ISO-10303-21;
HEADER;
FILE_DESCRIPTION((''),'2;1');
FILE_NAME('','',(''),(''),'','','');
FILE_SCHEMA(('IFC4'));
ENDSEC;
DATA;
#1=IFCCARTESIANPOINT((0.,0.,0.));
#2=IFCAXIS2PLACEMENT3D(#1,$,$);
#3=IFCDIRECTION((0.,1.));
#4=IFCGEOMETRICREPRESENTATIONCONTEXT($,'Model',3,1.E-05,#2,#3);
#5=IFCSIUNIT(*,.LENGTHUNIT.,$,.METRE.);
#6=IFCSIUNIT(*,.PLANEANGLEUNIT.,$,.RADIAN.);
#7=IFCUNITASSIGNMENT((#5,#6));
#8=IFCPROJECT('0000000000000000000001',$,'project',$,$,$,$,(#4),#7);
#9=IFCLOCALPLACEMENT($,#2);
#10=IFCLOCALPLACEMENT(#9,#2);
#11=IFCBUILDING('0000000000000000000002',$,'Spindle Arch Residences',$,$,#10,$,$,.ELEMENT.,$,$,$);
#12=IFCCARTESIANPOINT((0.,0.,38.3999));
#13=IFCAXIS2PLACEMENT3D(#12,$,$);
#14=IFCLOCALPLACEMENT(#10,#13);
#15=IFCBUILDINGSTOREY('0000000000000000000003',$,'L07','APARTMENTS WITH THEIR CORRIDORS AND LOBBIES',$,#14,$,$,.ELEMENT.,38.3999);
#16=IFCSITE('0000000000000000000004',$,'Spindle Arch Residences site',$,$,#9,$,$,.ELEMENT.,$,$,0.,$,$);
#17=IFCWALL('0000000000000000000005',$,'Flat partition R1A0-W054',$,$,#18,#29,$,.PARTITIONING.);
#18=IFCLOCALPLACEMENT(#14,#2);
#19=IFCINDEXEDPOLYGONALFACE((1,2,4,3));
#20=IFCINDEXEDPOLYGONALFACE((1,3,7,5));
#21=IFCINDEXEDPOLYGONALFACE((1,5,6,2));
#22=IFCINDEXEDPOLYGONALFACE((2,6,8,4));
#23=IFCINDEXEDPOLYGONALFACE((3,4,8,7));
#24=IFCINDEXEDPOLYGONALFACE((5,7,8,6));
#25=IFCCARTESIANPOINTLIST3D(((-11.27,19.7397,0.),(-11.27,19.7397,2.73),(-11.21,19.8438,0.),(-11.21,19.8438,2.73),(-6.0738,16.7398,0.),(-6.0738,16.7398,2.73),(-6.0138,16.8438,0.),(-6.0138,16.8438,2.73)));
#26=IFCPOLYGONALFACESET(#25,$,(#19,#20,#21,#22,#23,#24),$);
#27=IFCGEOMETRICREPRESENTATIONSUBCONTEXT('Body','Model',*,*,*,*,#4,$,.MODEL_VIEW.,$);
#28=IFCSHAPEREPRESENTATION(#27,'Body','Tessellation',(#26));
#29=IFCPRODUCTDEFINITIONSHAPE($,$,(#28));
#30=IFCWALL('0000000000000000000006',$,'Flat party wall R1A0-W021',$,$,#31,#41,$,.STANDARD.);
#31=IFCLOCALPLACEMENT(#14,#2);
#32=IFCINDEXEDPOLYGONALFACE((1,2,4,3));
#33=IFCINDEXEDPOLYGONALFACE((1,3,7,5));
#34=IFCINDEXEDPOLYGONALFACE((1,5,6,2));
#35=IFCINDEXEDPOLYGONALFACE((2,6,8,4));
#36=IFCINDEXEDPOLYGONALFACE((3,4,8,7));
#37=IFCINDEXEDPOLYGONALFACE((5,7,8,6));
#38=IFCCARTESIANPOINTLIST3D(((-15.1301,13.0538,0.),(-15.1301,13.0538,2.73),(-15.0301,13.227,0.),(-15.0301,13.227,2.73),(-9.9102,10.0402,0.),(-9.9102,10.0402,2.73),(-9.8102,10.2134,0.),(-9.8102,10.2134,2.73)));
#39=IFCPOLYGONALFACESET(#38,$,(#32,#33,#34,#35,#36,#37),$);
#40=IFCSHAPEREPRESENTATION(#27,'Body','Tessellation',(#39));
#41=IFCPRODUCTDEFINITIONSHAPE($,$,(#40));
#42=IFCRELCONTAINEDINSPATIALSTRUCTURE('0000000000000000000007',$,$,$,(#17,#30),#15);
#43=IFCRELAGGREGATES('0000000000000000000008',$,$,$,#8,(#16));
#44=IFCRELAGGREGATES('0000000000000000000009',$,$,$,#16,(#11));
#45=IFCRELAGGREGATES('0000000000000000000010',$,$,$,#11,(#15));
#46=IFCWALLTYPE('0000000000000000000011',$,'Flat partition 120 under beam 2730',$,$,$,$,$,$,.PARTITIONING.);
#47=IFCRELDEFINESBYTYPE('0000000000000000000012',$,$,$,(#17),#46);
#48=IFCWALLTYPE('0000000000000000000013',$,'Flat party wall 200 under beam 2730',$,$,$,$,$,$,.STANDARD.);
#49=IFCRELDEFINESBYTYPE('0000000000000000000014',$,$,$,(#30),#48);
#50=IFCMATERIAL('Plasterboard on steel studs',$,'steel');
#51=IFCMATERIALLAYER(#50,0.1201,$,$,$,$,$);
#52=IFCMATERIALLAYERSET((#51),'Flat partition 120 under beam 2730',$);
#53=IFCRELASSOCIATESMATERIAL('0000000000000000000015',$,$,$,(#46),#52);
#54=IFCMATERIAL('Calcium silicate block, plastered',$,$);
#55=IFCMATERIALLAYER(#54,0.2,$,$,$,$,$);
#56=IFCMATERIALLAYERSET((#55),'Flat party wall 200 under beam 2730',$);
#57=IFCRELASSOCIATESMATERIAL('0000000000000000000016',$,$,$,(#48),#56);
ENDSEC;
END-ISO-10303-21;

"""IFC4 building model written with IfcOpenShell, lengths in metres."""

from ifc_helpers import new_model, si_unit, direction, frame, frame_2d, origin, place, context, subcontext, project, spatial, rectangle, extrude, material, layer, layer_set, type_object, element, save


model = new_model("IFC4")

# Units and contexts
model_context = context("Model", 3, precision=1e-05, world=origin(), true_north=direction((0.0, 1.0)))
body_context = subcontext(model_context, "Body", "Model", "MODEL_VIEW")
ifc_project = project(units=[si_unit("LENGTHUNIT", "METRE"), si_unit("PLANEANGLEUNIT", "RADIAN")], contexts=[model_context])

# Site, building, storey
site_placement = place(None, origin())
site = spatial("IfcSite", under=ifc_project, at=site_placement, Name="Spindle Arch Residences site", CompositionType="ELEMENT", RefElevation=0.0)
building_placement = place(site_placement, origin())
building = spatial("IfcBuilding", under=site, at=building_placement, Name="Spindle Arch Residences", CompositionType="ELEMENT")
storey_placement = place(building_placement, frame((0.0, 0.0, 38.3999)))
storey = spatial("IfcBuildingStorey", under=building, at=storey_placement, Name="L07", Description="APARTMENTS WITH THEIR CORRIDORS AND LOBBIES", CompositionType="ELEMENT", Elevation=38.3999)

# Walls
ifc_material_1 = material(Name="Plasterboard on steel studs", Category="steel")
ifc_layer_1 = layer(ifc_material_1, 0.1201)
ifc_layer_set_1 = layer_set([ifc_layer_1], Name="Flat partition 120 under beam 2730")
wall_type_1 = type_object("IfcWallType", Name="Flat partition 120 under beam 2730", PredefinedType="PARTITIONING", material=ifc_layer_set_1)
wall_1_placement = place(storey_placement, frame((-11.24, 19.7917, 0.0), z_axis=(0.0, 0.0, 1.0), x_axis=(0.866031, -0.49999, 0.0)))
element("IfcWall", 1, at=wall_1_placement, inside=storey, type_object=wall_type_1, Name="Flat partition R1A0-W054", PredefinedType="PARTITIONING", context=body_context, shape_type="SweptSolid", body=[
    extrude(rectangle(XDim=6.0, YDim=0.1201, at=frame_2d((3.0, 0.0))), origin(), (0.0, 0.0, 1.0), 2.73),
])
ifc_material_2 = material(Name="Calcium silicate block, plastered")
ifc_layer_2 = layer(ifc_material_2, 0.2)
ifc_layer_set_2 = layer_set([ifc_layer_2], Name="Flat party wall 200 under beam 2730")
wall_type_2 = type_object("IfcWallType", Name="Flat party wall 200 under beam 2730", PredefinedType="STANDARD", material=ifc_layer_set_2)
wall_2_placement = place(storey_placement, frame((-15.0801, 13.1404, 0.0), z_axis=(0.0, 0.0, 1.0), x_axis=(0.866031, -0.49999, 0.0)))
element("IfcWall", 2, at=wall_2_placement, inside=storey, type_object=wall_type_2, Name="Flat party wall R1A0-W021", PredefinedType="STANDARD", context=body_context, shape_type="SweptSolid", body=[
    extrude(rectangle(XDim=6.0273, YDim=0.2, at=frame_2d((3.0137, 0.0))), origin(), (0.0, 0.0, 1.0), 2.73),
])

save(model, "model.ifc")
